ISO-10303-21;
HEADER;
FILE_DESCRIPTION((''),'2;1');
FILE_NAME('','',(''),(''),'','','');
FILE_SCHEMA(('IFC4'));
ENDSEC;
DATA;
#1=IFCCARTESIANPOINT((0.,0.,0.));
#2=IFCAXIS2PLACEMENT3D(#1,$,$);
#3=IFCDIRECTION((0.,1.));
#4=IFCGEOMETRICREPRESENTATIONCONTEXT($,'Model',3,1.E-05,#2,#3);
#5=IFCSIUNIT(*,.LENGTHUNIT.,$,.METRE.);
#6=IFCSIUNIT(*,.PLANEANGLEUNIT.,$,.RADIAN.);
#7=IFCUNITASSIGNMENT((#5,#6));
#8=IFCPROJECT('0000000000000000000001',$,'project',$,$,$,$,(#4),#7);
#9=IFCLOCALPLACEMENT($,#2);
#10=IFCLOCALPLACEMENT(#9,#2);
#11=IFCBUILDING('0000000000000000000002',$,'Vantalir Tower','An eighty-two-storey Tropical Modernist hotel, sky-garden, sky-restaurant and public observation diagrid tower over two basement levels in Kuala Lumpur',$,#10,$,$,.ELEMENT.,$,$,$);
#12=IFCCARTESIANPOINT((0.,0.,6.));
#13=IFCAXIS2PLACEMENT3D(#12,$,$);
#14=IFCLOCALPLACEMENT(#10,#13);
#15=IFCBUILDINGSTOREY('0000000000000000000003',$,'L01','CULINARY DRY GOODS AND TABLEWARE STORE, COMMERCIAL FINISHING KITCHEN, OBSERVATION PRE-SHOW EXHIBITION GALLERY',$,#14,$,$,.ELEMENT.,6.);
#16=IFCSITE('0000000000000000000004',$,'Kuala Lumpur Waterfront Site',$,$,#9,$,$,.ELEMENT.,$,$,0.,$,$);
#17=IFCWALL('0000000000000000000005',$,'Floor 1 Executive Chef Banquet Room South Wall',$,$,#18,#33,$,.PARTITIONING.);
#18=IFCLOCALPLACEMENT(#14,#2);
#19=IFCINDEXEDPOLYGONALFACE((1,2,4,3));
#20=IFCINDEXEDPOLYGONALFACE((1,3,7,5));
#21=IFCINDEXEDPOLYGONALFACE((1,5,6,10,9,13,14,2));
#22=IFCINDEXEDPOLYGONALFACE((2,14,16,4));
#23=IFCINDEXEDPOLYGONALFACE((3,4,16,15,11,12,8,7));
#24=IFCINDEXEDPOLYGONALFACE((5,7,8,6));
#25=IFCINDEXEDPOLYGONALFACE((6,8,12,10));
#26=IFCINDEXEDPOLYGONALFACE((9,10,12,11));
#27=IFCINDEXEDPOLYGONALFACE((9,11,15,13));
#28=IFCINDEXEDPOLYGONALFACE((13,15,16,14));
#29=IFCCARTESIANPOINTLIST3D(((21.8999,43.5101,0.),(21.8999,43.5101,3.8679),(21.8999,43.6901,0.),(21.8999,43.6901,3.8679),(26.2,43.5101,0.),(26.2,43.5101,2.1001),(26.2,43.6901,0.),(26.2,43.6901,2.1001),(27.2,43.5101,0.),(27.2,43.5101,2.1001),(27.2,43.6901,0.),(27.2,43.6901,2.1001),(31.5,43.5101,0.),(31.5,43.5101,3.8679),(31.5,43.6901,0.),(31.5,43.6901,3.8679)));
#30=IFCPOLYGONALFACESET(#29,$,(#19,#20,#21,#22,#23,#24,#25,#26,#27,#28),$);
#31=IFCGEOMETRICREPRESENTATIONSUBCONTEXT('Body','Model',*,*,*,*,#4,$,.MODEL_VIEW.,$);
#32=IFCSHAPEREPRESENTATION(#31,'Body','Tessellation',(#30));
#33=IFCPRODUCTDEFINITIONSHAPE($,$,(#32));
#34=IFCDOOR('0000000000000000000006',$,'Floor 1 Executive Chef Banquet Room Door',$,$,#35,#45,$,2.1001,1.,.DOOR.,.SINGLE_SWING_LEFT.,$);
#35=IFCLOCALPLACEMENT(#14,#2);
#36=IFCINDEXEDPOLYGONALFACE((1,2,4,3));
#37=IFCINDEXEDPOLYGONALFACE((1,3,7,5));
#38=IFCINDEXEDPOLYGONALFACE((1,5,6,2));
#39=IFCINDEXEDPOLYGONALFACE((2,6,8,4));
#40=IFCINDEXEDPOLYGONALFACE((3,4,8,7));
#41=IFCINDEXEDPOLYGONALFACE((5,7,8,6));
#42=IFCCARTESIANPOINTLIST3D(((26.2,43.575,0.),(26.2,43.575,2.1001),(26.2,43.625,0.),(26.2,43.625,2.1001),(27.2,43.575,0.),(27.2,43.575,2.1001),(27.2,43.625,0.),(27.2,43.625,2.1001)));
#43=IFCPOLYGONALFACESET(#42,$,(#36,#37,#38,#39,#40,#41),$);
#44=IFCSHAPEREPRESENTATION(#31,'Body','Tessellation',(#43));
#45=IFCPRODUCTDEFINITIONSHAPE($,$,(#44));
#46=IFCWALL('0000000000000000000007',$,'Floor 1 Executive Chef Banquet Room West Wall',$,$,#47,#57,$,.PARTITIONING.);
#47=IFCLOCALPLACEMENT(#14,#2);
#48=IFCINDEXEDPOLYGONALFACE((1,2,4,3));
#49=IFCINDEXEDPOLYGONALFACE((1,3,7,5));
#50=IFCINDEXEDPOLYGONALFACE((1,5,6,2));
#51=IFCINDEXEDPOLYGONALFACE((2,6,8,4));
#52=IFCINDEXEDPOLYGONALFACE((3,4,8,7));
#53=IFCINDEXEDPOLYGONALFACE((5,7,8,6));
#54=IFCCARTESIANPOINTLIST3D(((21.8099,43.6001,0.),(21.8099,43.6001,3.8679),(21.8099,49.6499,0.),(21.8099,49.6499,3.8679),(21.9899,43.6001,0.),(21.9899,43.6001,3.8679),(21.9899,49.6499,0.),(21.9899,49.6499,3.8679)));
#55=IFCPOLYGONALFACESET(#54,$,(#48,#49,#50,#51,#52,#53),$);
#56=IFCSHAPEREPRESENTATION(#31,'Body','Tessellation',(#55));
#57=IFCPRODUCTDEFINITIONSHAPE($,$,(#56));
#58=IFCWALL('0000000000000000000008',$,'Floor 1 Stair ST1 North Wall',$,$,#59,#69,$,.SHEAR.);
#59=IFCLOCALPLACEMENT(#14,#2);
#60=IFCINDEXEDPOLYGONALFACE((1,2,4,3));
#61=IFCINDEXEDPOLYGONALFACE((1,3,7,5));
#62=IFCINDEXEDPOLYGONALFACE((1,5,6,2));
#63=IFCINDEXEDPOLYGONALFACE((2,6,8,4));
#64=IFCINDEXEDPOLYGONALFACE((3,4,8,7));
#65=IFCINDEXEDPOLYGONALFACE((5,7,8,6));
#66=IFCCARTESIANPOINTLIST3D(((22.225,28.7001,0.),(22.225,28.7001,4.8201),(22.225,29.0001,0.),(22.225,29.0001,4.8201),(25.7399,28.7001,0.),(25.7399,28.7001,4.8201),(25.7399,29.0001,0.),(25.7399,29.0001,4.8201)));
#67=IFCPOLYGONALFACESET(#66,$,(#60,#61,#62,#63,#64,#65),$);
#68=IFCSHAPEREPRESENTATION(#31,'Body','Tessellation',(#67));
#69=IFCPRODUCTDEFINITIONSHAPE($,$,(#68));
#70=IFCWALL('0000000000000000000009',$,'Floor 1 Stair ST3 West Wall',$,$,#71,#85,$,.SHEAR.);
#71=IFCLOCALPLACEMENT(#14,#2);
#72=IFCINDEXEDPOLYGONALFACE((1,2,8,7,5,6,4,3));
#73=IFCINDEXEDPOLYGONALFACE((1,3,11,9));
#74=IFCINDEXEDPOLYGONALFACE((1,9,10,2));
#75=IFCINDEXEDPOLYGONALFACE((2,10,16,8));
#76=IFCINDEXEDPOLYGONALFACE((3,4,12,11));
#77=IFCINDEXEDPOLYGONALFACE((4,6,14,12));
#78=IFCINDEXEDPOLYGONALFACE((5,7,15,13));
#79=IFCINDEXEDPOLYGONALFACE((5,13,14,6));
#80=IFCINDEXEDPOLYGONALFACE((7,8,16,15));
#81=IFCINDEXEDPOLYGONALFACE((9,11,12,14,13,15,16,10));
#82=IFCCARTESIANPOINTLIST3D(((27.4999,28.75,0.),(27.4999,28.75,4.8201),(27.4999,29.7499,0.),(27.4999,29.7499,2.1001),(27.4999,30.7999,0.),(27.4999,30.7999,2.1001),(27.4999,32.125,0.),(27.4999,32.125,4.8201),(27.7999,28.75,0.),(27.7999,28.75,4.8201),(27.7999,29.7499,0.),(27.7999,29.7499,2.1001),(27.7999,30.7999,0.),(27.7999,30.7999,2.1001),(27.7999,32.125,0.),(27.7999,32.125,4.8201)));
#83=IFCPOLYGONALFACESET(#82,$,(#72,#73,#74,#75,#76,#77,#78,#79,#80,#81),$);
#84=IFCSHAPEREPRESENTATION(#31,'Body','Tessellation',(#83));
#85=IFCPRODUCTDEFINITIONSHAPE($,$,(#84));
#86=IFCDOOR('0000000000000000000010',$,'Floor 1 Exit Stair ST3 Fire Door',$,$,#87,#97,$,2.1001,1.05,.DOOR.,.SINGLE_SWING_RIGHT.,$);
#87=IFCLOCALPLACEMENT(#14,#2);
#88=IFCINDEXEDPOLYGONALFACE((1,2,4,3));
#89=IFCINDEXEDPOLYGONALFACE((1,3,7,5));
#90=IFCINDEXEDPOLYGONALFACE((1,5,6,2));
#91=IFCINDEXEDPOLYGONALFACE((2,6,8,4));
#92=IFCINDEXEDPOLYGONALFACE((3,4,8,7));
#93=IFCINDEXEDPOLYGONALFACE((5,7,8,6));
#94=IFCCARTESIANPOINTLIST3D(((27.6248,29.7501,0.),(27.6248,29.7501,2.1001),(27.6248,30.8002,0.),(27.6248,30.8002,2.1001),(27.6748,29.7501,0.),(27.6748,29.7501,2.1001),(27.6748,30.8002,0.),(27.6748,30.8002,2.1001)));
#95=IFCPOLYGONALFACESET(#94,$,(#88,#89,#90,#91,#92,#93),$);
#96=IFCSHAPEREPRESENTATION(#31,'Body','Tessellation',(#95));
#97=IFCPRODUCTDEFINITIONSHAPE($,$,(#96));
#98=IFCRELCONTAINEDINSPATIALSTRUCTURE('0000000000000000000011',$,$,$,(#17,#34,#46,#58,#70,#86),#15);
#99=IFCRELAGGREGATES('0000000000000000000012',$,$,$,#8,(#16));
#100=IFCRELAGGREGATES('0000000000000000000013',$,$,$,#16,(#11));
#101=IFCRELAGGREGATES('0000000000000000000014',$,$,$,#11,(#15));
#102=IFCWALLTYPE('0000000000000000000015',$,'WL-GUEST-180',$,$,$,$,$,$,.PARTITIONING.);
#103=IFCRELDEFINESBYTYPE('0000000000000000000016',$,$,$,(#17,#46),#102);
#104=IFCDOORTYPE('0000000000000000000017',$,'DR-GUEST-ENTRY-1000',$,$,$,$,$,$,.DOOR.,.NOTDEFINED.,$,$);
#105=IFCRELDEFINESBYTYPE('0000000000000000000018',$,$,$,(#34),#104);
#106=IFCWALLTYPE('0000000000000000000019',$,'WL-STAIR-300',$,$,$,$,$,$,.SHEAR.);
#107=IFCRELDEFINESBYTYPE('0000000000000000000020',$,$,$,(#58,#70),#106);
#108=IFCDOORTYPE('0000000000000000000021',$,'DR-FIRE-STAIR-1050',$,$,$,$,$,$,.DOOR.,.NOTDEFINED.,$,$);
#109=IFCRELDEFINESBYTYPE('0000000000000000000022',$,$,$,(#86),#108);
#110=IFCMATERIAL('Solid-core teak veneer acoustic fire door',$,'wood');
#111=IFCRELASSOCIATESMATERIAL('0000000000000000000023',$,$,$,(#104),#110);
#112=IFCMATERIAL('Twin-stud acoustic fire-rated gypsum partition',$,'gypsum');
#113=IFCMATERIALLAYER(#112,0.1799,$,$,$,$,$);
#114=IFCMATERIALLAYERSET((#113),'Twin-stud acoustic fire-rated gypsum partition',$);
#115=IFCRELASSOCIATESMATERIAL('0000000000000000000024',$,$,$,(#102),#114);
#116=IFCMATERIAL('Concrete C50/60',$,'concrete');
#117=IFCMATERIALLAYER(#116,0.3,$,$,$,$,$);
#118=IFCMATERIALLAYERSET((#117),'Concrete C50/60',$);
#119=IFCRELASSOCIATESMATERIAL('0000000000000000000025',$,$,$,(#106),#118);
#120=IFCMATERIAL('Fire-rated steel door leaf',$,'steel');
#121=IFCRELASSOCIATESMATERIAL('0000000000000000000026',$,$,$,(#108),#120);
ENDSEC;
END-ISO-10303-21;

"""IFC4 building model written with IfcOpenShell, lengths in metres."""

from ifc_helpers import new_model, si_unit, direction, frame, frame_2d, origin, place, context, subcontext, project, spatial, rectangle, extrude, material, layer, layer_set, type_object, element, fill, save


model = new_model("IFC4")

# Units and contexts
model_context = context("Model", 3, precision=1e-05, world=origin(), true_north=direction((0.0, 1.0)))
body_context = subcontext(model_context, "Body", "Model", "MODEL_VIEW")
ifc_project = project(units=[si_unit("LENGTHUNIT", "METRE"), si_unit("PLANEANGLEUNIT", "RADIAN")], contexts=[model_context])

# Site, building, storey
site_placement = place(None, origin())
site = spatial("IfcSite", under=ifc_project, at=site_placement, Name="Kuala Lumpur Waterfront Site", CompositionType="ELEMENT", RefElevation=0.0)
building_placement = place(site_placement, origin())
building = spatial("IfcBuilding", under=site, at=building_placement, Name="Vantalir Tower", Description="An eighty-two-storey Tropical Modernist hotel, sky-garden, sky-restaurant and public observation diagrid tower over two basement levels in Kuala Lumpur", CompositionType="ELEMENT")
storey_placement = place(building_placement, frame((0.0, 0.0, 6.0)))
storey = spatial("IfcBuildingStorey", under=building, at=storey_placement, Name="L01", Description="CULINARY DRY GOODS AND TABLEWARE STORE, COMMERCIAL FINISHING KITCHEN, OBSERVATION PRE-SHOW EXHIBITION GALLERY", CompositionType="ELEMENT", Elevation=6.0)

# Shared definitions
ifc_material_1 = material(Name="Solid-core teak veneer acoustic fire door", Category="wood")
door_type_1 = type_object("IfcDoorType", Name="DR-GUEST-ENTRY-1000", OperationType="NOTDEFINED", PredefinedType="DOOR", material=ifc_material_1)

# Shared definitions
ifc_material_2 = material(Name="Twin-stud acoustic fire-rated gypsum partition", Category="gypsum")
ifc_layer_1 = layer(ifc_material_2, 0.1799)
ifc_layer_set_1 = layer_set([ifc_layer_1], Name="Twin-stud acoustic fire-rated gypsum partition")
wall_type_1 = type_object("IfcWallType", Name="WL-GUEST-180", PredefinedType="PARTITIONING", material=ifc_layer_set_1)

# Wall, opening, door
wall_1_placement = place(storey_placement, frame((21.8999, 43.6001, 0.0), z_axis=(0.0, 0.0, 1.0), x_axis=(1.0, 0.0, 0.0)))
wall_1 = element("IfcWall", 1, at=wall_1_placement, inside=storey, type_object=wall_type_1, Name="Floor 1 Executive Chef Banquet Room South Wall", PredefinedType="PARTITIONING", context=body_context, shape_type="SweptSolid", body=[
    extrude(rectangle(XDim=9.6001, YDim=0.1799, at=frame_2d((4.8, 0.0))), origin(), (0.0, 0.0, 1.0), 3.8679),
])
opening_1_placement = place(wall_1_placement, frame((4.3, 0.0, 0.0)))
opening_1 = element("IfcOpeningElement", 2, at=opening_1_placement, cuts=wall_1, PredefinedType="OPENING", context=body_context, shape_type="SweptSolid", body=[
    extrude(rectangle(XDim=1.0, YDim=2.1001, at=frame_2d((0.5, 1.05))), frame((0.0, 0.0999, 0.0), z_axis=(0.0, -1.0, 0.0), x_axis=(1.0, 0.0, 0.0)), (0.0, 0.0, 1.0), 0.2),
])
door_1_placement = place(opening_1_placement, origin())
door_1 = element("IfcDoor", 3, at=door_1_placement, inside=storey, type_object=door_type_1, Name="Floor 1 Executive Chef Banquet Room Door", OperationType="SINGLE_SWING_LEFT", OverallHeight=2.1001, OverallWidth=1.0, PredefinedType="DOOR", context=body_context, shape_type="SweptSolid", body=[
    extrude(rectangle(XDim=1.0, YDim=2.1001, at=frame_2d((0.5, 1.05))), frame((0.0, 0.0249, 0.0), z_axis=(0.0, -1.0, 0.0), x_axis=(1.0, 0.0, 0.0)), (0.0, 0.0, 1.0), 0.05),
])
fill(opening_1, door_1)

# Walls
wall_2_placement = place(storey_placement, frame((21.8999, 43.6001, 0.0), z_axis=(0.0, 0.0, 1.0), x_axis=(0.0, 1.0, 0.0)))
element("IfcWall", 4, at=wall_2_placement, inside=storey, type_object=wall_type_1, Name="Floor 1 Executive Chef Banquet Room West Wall", PredefinedType="PARTITIONING", context=body_context, shape_type="SweptSolid", body=[
    extrude(rectangle(XDim=6.0498, YDim=0.1799, at=frame_2d((3.0249, 0.0))), origin(), (0.0, 0.0, 1.0), 3.8679),
])
ifc_material_3 = material(Name="Concrete C50/60", Category="concrete")
ifc_layer_2 = layer(ifc_material_3, 0.3)
ifc_layer_set_2 = layer_set([ifc_layer_2], Name="Concrete C50/60")
wall_type_2 = type_object("IfcWallType", Name="WL-STAIR-300", PredefinedType="SHEAR", material=ifc_layer_set_2)
wall_3_placement = place(storey_placement, frame((22.2251, 28.8501, 0.0), z_axis=(0.0, 0.0, 1.0), x_axis=(1.0, 0.0, 0.0)))
element("IfcWall", 5, at=wall_3_placement, inside=storey, type_object=wall_type_2, Name="Floor 1 Stair ST1 North Wall", PredefinedType="SHEAR", context=body_context, shape_type="SweptSolid", body=[
    extrude(rectangle(XDim=3.5149, YDim=0.3, at=frame_2d((1.7573, 0.0))), origin(), (0.0, 0.0, 1.0), 4.8201),
])

# Wall, opening, door
wall_4_placement = place(storey_placement, frame((27.6499, 28.75, 0.0), z_axis=(0.0, 0.0, 1.0), x_axis=(0.0, 1.0, 0.0)))
wall_4 = element("IfcWall", 6, at=wall_4_placement, inside=storey, type_object=wall_type_2, Name="Floor 1 Stair ST3 West Wall", PredefinedType="SHEAR", context=body_context, shape_type="SweptSolid", body=[
    extrude(rectangle(XDim=3.375, YDim=0.3, at=frame_2d((1.6875, 0.0))), origin(), (0.0, 0.0, 1.0), 4.8201),
])
opening_2_placement = place(wall_4_placement, frame((1.0, 0.0, 0.0)))
opening_2 = element("IfcOpeningElement", 7, at=opening_2_placement, cuts=wall_4, PredefinedType="OPENING", context=body_context, shape_type="SweptSolid", body=[
    extrude(rectangle(XDim=1.05, YDim=2.1001, at=frame_2d((0.5249, 1.05))), frame((0.0, 0.1599, 0.0), z_axis=(0.0, -1.0, 0.0), x_axis=(1.0, 0.0, 0.0)), (0.0, 0.0, 1.0), 0.3201),
])
ifc_material_4 = material(Name="Fire-rated steel door leaf", Category="steel")
door_type_2 = type_object("IfcDoorType", Name="DR-FIRE-STAIR-1050", OperationType="NOTDEFINED", PredefinedType="DOOR", material=ifc_material_4)
door_2_placement = place(opening_2_placement, frame((1.05, 0.0, 0.0), z_axis=(0.0, 0.0, 1.0), x_axis=(-1.0, 0.0, 0.0)))
door_2 = element("IfcDoor", 8, at=door_2_placement, inside=storey, type_object=door_type_2, Name="Floor 1 Exit Stair ST3 Fire Door", OperationType="SINGLE_SWING_RIGHT", OverallHeight=2.1001, OverallWidth=1.05, PredefinedType="DOOR", context=body_context, shape_type="SweptSolid", body=[
    extrude(rectangle(XDim=1.05, YDim=2.1001, at=frame_2d((0.5249, 1.05))), frame((0.0, 0.0249, 0.0), z_axis=(0.0, -1.0, 0.0), x_axis=(1.0, 0.0, 0.0)), (0.0, 0.0, 1.0), 0.05),
])
fill(opening_2, door_2)

save(model, "model.ifc")
